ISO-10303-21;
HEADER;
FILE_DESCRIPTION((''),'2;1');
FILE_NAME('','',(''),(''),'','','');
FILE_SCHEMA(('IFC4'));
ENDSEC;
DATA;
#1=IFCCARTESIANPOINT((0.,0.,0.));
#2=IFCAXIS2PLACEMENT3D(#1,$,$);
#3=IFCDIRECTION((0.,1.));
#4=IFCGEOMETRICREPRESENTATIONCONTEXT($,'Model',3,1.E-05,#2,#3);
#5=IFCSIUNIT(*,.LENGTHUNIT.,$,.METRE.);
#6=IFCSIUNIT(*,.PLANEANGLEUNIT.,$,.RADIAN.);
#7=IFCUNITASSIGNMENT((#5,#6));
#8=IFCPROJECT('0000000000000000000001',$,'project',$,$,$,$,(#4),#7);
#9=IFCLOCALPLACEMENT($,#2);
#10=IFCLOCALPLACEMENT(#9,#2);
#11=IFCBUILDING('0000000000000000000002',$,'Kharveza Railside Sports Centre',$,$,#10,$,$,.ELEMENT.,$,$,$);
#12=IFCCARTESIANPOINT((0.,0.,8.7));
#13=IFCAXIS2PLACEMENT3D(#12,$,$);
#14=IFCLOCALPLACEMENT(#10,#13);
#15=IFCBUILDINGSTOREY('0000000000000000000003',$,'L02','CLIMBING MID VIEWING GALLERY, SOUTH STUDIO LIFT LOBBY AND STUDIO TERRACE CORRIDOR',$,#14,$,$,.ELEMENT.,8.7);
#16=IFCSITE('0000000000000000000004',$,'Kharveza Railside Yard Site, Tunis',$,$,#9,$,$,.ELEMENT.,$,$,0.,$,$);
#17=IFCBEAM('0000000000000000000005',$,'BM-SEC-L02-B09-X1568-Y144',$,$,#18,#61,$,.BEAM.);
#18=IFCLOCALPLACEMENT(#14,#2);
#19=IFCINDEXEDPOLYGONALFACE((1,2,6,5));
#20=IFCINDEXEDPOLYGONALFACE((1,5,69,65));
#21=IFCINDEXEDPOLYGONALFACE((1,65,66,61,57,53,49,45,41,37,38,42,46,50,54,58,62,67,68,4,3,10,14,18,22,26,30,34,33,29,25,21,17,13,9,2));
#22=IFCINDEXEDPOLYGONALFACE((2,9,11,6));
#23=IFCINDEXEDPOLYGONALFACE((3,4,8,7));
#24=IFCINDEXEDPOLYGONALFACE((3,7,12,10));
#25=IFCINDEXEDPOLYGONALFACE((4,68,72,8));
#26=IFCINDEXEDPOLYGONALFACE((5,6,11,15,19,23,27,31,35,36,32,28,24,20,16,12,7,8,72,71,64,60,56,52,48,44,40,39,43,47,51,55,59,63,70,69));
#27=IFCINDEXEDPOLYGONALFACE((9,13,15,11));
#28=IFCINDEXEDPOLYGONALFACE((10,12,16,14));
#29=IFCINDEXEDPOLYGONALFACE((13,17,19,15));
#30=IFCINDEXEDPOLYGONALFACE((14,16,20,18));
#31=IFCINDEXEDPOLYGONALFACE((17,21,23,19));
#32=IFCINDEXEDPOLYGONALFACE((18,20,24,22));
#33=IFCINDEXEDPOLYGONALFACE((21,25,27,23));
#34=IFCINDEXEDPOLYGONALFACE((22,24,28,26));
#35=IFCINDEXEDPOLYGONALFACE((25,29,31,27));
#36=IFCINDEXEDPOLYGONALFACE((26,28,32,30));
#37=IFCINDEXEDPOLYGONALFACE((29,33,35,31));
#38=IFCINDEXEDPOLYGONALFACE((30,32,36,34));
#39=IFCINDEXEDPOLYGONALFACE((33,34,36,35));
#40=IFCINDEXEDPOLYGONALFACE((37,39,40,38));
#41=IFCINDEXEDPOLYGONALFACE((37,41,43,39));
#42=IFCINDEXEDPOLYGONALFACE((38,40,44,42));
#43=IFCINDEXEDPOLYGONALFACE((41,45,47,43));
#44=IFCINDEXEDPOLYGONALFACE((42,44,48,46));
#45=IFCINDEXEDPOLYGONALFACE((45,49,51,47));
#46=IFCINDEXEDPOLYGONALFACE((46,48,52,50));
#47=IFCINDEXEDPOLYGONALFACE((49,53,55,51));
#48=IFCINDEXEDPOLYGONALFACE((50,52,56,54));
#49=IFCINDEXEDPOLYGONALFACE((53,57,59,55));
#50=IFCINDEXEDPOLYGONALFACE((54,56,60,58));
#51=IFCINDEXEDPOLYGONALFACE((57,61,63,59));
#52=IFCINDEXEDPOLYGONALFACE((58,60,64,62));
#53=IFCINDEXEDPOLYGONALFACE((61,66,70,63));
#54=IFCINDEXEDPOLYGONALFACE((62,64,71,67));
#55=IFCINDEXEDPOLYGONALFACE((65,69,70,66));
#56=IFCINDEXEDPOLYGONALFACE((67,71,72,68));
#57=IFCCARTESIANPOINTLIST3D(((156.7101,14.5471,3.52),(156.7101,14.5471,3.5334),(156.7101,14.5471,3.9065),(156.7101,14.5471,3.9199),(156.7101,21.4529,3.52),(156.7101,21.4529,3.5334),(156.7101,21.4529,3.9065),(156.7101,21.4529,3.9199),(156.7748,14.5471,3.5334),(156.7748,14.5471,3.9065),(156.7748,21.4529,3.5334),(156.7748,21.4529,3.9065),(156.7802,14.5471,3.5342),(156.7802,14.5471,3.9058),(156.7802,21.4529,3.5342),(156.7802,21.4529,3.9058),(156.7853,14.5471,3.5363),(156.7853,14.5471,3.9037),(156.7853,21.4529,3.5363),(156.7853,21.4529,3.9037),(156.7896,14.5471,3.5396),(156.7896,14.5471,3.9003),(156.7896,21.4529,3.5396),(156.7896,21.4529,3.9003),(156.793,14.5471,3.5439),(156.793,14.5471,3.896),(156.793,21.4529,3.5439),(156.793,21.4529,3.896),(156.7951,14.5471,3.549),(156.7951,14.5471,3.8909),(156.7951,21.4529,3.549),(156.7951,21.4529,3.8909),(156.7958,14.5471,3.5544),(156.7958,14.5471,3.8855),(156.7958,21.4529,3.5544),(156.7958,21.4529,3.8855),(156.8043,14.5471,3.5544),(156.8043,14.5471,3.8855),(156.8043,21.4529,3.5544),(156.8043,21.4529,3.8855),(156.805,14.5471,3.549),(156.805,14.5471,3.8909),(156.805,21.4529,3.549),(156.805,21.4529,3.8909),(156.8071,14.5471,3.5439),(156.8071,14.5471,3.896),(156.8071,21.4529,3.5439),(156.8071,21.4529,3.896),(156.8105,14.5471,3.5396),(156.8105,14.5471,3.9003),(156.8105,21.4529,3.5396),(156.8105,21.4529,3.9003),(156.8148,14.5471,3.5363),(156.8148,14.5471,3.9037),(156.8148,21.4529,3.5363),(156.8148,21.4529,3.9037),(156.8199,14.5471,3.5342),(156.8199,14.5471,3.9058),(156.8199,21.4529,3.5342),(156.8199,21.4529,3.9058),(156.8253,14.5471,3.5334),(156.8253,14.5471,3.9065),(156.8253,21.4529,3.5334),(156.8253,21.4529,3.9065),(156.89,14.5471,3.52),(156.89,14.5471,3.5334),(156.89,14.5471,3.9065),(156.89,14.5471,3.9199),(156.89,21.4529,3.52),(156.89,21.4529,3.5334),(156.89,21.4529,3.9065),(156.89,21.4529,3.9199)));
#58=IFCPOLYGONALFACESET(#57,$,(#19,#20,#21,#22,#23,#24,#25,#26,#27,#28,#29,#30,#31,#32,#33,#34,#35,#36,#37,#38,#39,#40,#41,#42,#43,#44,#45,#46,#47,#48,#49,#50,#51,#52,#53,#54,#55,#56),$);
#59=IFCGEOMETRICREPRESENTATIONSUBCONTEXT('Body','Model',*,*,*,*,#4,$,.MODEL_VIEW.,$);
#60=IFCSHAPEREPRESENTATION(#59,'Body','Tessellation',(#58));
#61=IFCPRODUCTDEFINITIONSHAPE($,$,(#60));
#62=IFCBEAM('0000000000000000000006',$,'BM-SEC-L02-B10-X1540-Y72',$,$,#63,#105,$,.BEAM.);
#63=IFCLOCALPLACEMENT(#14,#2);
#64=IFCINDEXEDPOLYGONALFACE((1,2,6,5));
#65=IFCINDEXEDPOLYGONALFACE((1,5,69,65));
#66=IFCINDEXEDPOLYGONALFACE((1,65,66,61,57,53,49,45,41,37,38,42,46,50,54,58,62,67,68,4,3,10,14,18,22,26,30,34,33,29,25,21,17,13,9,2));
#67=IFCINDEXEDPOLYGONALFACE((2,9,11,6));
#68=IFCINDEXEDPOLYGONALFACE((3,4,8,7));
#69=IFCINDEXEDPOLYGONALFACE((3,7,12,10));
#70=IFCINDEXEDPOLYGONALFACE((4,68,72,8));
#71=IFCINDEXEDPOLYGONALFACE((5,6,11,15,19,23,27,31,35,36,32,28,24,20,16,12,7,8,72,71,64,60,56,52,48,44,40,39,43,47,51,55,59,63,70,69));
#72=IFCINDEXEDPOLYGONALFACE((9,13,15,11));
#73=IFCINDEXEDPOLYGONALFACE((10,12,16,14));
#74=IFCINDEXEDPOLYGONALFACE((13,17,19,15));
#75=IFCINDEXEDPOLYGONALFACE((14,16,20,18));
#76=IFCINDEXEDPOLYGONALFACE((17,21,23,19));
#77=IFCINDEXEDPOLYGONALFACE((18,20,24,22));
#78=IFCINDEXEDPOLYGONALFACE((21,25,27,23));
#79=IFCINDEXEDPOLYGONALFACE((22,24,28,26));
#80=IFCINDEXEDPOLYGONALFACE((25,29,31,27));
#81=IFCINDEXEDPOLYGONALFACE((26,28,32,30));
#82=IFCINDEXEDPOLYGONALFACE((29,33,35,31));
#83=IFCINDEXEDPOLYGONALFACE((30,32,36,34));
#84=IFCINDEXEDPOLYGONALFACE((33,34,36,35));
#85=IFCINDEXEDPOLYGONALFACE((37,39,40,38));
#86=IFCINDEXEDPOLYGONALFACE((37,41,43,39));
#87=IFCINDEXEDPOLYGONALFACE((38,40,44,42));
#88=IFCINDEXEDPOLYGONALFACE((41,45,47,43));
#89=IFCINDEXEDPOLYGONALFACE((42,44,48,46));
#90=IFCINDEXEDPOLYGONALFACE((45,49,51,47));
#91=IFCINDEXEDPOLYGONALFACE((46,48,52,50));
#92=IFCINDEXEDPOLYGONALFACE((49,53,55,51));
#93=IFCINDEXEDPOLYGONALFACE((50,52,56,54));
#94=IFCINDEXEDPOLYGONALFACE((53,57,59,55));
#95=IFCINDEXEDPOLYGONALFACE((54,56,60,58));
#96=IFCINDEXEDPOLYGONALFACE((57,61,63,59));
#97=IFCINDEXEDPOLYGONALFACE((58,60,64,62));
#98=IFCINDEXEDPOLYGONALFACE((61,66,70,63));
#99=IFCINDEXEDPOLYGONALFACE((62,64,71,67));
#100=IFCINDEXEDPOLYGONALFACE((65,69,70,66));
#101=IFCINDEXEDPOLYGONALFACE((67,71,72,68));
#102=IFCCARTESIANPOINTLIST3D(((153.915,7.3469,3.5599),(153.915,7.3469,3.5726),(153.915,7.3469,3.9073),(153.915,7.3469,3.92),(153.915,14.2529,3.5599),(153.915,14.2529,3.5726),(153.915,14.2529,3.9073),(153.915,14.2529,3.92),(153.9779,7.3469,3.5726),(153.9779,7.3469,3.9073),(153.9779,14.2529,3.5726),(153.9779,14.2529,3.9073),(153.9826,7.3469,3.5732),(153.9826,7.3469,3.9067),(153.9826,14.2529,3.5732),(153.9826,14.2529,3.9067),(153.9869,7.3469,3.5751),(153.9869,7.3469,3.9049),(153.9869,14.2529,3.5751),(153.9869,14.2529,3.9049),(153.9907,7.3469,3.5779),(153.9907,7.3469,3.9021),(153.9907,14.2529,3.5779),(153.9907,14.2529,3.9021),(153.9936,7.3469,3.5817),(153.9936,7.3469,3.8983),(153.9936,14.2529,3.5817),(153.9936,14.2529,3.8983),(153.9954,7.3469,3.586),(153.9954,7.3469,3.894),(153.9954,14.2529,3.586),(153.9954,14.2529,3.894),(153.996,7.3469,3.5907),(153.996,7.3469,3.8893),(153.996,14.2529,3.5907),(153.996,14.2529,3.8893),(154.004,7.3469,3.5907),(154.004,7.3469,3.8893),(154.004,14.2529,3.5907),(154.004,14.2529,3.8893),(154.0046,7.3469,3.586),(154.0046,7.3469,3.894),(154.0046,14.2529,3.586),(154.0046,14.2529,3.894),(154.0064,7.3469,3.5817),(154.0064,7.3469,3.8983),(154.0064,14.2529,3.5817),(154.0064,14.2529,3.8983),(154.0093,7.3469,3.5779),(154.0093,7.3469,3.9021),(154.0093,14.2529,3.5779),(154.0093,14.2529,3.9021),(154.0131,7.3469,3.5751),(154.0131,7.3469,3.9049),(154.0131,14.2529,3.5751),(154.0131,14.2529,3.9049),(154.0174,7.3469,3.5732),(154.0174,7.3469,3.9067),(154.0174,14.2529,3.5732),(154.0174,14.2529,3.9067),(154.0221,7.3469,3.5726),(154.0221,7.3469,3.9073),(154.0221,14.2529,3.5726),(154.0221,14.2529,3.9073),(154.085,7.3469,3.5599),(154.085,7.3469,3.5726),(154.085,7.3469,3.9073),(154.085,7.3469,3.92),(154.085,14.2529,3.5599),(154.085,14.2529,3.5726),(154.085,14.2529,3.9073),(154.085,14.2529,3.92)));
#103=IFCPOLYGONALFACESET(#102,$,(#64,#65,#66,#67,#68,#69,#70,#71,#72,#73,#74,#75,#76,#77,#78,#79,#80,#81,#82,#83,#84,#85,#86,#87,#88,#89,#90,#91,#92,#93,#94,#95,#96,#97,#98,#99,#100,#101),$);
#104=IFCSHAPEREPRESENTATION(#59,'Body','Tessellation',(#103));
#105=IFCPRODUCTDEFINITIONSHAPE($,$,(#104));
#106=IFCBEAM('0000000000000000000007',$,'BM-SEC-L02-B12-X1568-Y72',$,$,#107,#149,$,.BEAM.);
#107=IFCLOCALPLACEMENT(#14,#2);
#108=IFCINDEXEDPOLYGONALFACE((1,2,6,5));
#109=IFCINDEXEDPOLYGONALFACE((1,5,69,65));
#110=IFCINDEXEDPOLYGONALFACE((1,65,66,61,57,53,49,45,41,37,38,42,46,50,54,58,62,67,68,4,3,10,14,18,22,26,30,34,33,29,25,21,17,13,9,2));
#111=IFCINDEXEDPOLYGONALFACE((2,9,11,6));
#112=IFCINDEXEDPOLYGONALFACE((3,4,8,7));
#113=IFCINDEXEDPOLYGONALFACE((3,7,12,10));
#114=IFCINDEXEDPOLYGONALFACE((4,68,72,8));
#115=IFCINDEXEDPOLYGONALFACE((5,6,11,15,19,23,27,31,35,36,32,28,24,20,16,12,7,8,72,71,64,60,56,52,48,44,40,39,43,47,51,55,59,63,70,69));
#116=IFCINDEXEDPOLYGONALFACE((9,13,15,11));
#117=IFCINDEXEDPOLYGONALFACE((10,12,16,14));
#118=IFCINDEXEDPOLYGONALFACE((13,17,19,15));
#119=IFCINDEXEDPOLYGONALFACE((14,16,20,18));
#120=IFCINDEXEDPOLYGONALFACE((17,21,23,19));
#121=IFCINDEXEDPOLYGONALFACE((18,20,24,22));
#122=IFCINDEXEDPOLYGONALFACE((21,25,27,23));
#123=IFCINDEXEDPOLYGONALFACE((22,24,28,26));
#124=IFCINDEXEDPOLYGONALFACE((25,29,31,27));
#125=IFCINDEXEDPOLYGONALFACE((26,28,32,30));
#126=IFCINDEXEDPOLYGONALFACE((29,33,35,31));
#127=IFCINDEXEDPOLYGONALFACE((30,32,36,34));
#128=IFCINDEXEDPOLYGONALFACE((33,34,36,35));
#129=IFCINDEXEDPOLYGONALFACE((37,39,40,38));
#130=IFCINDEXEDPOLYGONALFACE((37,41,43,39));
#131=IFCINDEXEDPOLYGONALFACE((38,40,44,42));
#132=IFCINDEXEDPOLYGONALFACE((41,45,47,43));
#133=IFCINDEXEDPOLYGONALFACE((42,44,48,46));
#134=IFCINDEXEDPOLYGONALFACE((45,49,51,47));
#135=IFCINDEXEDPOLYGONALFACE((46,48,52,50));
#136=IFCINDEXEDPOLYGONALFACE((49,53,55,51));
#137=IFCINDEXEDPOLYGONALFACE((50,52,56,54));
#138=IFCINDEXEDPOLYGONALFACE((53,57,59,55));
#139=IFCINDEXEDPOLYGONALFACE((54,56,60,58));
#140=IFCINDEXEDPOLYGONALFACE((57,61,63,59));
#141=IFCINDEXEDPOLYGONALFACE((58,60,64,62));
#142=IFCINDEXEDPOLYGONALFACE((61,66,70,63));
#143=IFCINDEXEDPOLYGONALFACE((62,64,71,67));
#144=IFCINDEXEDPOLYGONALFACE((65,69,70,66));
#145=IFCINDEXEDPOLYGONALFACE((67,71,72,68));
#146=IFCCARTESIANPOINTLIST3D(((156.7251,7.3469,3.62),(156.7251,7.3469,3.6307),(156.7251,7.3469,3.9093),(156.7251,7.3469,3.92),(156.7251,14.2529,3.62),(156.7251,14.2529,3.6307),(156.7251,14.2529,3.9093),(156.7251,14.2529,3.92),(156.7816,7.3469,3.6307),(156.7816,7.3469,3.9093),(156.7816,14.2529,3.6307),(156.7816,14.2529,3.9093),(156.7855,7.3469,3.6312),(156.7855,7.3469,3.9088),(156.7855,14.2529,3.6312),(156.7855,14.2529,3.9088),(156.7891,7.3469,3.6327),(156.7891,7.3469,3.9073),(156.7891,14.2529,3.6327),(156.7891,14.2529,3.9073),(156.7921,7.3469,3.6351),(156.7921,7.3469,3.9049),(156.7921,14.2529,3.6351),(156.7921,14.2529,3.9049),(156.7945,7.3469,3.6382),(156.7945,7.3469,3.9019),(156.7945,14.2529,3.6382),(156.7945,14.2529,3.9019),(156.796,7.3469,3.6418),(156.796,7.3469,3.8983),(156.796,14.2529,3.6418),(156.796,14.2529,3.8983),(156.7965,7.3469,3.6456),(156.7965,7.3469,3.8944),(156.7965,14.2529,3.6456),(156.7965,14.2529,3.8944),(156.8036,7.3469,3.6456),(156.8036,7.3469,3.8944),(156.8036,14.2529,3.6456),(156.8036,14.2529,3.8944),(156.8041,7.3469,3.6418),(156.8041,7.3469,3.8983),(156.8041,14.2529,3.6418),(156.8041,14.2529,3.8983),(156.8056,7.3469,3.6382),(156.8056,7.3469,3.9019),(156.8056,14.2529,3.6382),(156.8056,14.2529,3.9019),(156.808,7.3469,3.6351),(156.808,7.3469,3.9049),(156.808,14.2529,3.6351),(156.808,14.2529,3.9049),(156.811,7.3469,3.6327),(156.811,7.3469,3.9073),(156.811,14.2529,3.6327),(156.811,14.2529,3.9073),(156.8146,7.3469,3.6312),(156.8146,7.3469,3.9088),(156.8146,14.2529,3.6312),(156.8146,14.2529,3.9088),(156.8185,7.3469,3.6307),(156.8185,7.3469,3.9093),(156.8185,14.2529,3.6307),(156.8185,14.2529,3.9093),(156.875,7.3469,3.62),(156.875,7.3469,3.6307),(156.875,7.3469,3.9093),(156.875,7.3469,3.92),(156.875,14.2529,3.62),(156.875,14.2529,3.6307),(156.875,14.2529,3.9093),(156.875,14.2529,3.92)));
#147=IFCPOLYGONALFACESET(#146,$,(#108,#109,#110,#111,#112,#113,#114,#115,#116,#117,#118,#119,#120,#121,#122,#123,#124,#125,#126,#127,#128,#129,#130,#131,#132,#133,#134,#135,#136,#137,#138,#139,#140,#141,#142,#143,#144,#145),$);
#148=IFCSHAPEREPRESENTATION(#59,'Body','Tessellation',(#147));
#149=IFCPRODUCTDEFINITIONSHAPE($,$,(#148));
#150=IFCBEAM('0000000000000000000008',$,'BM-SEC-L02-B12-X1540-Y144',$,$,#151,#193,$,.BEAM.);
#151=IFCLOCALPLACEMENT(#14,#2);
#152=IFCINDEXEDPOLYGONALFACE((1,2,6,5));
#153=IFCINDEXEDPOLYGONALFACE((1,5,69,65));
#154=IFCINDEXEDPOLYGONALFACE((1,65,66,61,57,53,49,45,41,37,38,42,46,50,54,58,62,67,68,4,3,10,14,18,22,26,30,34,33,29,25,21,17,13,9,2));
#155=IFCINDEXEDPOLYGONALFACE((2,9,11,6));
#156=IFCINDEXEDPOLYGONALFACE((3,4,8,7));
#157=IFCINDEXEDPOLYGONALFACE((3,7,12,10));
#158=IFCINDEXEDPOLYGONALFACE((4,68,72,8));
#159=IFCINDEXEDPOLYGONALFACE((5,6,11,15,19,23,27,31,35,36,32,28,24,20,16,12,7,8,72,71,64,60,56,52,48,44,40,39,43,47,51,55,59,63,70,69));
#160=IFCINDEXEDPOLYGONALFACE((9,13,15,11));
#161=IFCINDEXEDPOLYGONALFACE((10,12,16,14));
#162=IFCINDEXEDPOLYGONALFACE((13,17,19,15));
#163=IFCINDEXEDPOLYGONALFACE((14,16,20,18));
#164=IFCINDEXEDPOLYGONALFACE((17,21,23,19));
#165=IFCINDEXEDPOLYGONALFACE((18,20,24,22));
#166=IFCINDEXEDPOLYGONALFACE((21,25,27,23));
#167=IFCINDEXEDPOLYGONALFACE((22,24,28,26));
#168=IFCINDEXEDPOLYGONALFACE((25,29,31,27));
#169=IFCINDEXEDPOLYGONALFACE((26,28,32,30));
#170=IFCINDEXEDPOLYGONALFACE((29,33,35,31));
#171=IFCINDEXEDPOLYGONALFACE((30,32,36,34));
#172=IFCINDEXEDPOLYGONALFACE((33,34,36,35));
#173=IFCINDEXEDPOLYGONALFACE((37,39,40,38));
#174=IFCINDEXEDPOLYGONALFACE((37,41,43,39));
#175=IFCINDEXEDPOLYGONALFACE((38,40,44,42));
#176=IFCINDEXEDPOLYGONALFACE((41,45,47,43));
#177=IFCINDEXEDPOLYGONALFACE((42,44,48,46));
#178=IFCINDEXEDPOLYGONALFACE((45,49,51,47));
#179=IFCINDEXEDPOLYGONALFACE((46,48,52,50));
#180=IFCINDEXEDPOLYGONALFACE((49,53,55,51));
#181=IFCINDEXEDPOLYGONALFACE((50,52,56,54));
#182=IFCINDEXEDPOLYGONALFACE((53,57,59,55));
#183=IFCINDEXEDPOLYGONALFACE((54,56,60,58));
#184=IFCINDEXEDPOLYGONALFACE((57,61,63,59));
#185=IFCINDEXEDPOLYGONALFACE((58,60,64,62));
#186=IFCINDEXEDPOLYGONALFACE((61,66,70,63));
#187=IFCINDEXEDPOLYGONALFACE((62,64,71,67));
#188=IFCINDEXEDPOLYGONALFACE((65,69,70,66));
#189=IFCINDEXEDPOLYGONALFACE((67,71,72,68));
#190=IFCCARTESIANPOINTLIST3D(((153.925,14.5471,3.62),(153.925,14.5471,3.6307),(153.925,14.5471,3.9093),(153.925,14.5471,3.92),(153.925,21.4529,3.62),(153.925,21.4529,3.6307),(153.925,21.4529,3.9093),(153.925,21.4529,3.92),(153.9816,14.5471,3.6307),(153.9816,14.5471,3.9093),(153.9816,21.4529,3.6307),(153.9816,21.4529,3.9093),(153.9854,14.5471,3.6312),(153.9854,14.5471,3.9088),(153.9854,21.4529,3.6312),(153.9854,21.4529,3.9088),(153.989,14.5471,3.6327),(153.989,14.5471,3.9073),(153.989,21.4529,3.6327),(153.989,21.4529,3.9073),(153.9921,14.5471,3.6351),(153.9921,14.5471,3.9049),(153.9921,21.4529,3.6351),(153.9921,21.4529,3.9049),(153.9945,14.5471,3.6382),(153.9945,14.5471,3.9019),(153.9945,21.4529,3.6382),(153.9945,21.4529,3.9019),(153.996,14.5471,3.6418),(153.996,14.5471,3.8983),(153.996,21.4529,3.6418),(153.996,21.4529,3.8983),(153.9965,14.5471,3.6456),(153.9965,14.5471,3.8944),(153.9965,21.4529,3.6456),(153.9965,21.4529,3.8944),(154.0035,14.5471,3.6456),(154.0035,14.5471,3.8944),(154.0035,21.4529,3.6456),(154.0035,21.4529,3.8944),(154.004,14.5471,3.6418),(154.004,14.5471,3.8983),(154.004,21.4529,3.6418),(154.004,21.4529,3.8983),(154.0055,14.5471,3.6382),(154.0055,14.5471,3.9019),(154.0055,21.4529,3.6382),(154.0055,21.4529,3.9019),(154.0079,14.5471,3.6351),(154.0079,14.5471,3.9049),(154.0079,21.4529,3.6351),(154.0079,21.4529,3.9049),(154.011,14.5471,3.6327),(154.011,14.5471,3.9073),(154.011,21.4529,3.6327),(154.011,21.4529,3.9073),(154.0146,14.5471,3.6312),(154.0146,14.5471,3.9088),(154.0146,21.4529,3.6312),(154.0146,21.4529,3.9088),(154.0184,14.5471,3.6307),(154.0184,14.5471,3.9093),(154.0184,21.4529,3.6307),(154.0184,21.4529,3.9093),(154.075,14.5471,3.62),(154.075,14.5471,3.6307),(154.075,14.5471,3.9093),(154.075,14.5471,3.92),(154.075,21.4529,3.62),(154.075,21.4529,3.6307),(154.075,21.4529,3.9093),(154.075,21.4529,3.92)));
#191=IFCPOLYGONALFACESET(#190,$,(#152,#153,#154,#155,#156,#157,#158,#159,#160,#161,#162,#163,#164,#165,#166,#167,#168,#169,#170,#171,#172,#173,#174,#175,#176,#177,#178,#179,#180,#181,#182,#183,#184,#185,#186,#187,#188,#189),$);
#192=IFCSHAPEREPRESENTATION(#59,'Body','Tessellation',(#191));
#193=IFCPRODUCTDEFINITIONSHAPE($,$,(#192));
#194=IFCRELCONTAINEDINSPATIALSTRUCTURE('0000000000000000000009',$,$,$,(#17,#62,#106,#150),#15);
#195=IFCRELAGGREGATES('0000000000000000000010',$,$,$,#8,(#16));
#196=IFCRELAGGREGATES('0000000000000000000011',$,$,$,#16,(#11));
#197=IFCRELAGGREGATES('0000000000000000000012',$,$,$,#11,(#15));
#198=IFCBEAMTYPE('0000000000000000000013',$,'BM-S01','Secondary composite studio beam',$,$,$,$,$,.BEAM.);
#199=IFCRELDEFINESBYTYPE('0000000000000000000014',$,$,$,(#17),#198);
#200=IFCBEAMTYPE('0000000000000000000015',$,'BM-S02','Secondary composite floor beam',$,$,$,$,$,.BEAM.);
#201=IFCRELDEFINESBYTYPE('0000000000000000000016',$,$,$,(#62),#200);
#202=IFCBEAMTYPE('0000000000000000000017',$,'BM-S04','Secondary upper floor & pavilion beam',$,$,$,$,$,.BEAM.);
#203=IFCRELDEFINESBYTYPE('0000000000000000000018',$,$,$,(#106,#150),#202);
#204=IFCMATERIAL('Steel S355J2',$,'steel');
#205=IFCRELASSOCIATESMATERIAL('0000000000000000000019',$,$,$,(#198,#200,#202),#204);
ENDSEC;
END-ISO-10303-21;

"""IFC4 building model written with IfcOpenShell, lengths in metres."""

from ifc_helpers import new_model, si_unit, direction, frame, origin, origin_2d, place, context, subcontext, project, spatial, i_section, extrude, material, material_profile, profile_set, type_object, element, save


model = new_model("IFC4")

# Units and contexts
model_context = context("Model", 3, precision=1e-05, world=origin(), true_north=direction((0.0, 1.0)))
body_context = subcontext(model_context, "Body", "Model", "MODEL_VIEW")
ifc_project = project(units=[si_unit("LENGTHUNIT", "METRE"), si_unit("PLANEANGLEUNIT", "RADIAN")], contexts=[model_context])

# Site, building, storey
site_placement = place(None, origin())
site = spatial("IfcSite", under=ifc_project, at=site_placement, Name="Kharveza Railside Yard Site, Tunis", CompositionType="ELEMENT", RefElevation=0.0)
building_placement = place(site_placement, origin())
building = spatial("IfcBuilding", under=site, at=building_placement, Name="Kharveza Railside Sports Centre", CompositionType="ELEMENT")
storey_placement = place(building_placement, frame((0.0, 0.0, 8.7)))
storey = spatial("IfcBuildingStorey", under=building, at=storey_placement, Name="L02", Description="CLIMBING MID VIEWING GALLERY, SOUTH STUDIO LIFT LOBBY AND STUDIO TERRACE CORRIDOR", CompositionType="ELEMENT", Elevation=8.7)

# Shared definitions
ifc_material_1 = material(Name="Steel S355J2", Category="steel")

# Beams
ifc_material_profile_1 = material_profile(ifc_material_1, i_section(OverallWidth=0.1799, OverallDepth=0.3999, WebThickness=0.0085, FlangeThickness=0.0134, FilletRadius=0.021, at=origin_2d()), Name="IPE 400")
ifc_profile_set_1 = profile_set([ifc_material_profile_1], Name="Steel S355J2")
beam_type_1 = type_object("IfcBeamType", Name="BM-S01", Description="Secondary composite studio beam", PredefinedType="BEAM", material=ifc_profile_set_1)
beam_1_placement = place(storey_placement, frame((156.8, 14.5471, 3.72), z_axis=(0.0, 1.0, 0.0), x_axis=(-1.0, 0.0, 0.0)))
element("IfcBeam", 1, at=beam_1_placement, inside=storey, type_object=beam_type_1, Name="BM-SEC-L02-B09-X1568-Y144", PredefinedType="BEAM", context=body_context, shape_type="SweptSolid", body=[
    extrude(i_section(OverallWidth=0.1799, OverallDepth=0.3999, WebThickness=0.0085, FlangeThickness=0.0134, FilletRadius=0.021, at=origin_2d()), origin(), (0.0, 0.0, 1.0), 6.9058),
])
ifc_material_profile_2 = material_profile(ifc_material_1, i_section(OverallWidth=0.1699, OverallDepth=0.3601, WebThickness=0.0081, FlangeThickness=0.0127, FilletRadius=0.0181, at=origin_2d()), Name="IPE 360")
ifc_profile_set_2 = profile_set([ifc_material_profile_2], Name="Steel S355J2")
beam_type_2 = type_object("IfcBeamType", Name="BM-S02", Description="Secondary composite floor beam", PredefinedType="BEAM", material=ifc_profile_set_2)
beam_2_placement = place(storey_placement, frame((154.0, 7.3469, 3.74), z_axis=(0.0, 1.0, 0.0), x_axis=(-1.0, 0.0, 0.0)))
element("IfcBeam", 2, at=beam_2_placement, inside=storey, type_object=beam_type_2, Name="BM-SEC-L02-B10-X1540-Y72", PredefinedType="BEAM", context=body_context, shape_type="SweptSolid", body=[
    extrude(i_section(OverallWidth=0.1699, OverallDepth=0.3601, WebThickness=0.0081, FlangeThickness=0.0127, FilletRadius=0.0181, at=origin_2d()), origin(), (0.0, 0.0, 1.0), 6.906),
])
ifc_material_profile_3 = material_profile(ifc_material_1, i_section(OverallWidth=0.1499, OverallDepth=0.3, WebThickness=0.0071, FlangeThickness=0.0107, FilletRadius=0.0149, at=origin_2d()), Name="IPE 300")
ifc_profile_set_3 = profile_set([ifc_material_profile_3], Name="Steel S355J2")
beam_type_3 = type_object("IfcBeamType", Name="BM-S04", Description="Secondary upper floor & pavilion beam", PredefinedType="BEAM", material=ifc_profile_set_3)
beam_3_placement = place(storey_placement, frame((156.8, 7.3469, 3.77), z_axis=(0.0, 1.0, 0.0), x_axis=(-1.0, 0.0, 0.0)))
element("IfcBeam", 3, at=beam_3_placement, inside=storey, type_object=beam_type_3, Name="BM-SEC-L02-B12-X1568-Y72", PredefinedType="BEAM", context=body_context, shape_type="SweptSolid", body=[
    extrude(i_section(OverallWidth=0.1499, OverallDepth=0.3, WebThickness=0.0071, FlangeThickness=0.0107, FilletRadius=0.0149, at=origin_2d()), origin(), (0.0, 0.0, 1.0), 6.906),
])
beam_4_placement = place(storey_placement, frame((154.0, 14.5471, 3.77), z_axis=(0.0, 1.0, 0.0), x_axis=(-1.0, 0.0, 0.0)))
element("IfcBeam", 4, at=beam_4_placement, inside=storey, type_object=beam_type_3, Name="BM-SEC-L02-B12-X1540-Y144", PredefinedType="BEAM", context=body_context, shape_type="SweptSolid", body=[
    extrude(i_section(OverallWidth=0.1499, OverallDepth=0.3, WebThickness=0.0071, FlangeThickness=0.0107, FilletRadius=0.0149, at=origin_2d()), origin(), (0.0, 0.0, 1.0), 6.9058),
])

save(model, "model.ifc")
